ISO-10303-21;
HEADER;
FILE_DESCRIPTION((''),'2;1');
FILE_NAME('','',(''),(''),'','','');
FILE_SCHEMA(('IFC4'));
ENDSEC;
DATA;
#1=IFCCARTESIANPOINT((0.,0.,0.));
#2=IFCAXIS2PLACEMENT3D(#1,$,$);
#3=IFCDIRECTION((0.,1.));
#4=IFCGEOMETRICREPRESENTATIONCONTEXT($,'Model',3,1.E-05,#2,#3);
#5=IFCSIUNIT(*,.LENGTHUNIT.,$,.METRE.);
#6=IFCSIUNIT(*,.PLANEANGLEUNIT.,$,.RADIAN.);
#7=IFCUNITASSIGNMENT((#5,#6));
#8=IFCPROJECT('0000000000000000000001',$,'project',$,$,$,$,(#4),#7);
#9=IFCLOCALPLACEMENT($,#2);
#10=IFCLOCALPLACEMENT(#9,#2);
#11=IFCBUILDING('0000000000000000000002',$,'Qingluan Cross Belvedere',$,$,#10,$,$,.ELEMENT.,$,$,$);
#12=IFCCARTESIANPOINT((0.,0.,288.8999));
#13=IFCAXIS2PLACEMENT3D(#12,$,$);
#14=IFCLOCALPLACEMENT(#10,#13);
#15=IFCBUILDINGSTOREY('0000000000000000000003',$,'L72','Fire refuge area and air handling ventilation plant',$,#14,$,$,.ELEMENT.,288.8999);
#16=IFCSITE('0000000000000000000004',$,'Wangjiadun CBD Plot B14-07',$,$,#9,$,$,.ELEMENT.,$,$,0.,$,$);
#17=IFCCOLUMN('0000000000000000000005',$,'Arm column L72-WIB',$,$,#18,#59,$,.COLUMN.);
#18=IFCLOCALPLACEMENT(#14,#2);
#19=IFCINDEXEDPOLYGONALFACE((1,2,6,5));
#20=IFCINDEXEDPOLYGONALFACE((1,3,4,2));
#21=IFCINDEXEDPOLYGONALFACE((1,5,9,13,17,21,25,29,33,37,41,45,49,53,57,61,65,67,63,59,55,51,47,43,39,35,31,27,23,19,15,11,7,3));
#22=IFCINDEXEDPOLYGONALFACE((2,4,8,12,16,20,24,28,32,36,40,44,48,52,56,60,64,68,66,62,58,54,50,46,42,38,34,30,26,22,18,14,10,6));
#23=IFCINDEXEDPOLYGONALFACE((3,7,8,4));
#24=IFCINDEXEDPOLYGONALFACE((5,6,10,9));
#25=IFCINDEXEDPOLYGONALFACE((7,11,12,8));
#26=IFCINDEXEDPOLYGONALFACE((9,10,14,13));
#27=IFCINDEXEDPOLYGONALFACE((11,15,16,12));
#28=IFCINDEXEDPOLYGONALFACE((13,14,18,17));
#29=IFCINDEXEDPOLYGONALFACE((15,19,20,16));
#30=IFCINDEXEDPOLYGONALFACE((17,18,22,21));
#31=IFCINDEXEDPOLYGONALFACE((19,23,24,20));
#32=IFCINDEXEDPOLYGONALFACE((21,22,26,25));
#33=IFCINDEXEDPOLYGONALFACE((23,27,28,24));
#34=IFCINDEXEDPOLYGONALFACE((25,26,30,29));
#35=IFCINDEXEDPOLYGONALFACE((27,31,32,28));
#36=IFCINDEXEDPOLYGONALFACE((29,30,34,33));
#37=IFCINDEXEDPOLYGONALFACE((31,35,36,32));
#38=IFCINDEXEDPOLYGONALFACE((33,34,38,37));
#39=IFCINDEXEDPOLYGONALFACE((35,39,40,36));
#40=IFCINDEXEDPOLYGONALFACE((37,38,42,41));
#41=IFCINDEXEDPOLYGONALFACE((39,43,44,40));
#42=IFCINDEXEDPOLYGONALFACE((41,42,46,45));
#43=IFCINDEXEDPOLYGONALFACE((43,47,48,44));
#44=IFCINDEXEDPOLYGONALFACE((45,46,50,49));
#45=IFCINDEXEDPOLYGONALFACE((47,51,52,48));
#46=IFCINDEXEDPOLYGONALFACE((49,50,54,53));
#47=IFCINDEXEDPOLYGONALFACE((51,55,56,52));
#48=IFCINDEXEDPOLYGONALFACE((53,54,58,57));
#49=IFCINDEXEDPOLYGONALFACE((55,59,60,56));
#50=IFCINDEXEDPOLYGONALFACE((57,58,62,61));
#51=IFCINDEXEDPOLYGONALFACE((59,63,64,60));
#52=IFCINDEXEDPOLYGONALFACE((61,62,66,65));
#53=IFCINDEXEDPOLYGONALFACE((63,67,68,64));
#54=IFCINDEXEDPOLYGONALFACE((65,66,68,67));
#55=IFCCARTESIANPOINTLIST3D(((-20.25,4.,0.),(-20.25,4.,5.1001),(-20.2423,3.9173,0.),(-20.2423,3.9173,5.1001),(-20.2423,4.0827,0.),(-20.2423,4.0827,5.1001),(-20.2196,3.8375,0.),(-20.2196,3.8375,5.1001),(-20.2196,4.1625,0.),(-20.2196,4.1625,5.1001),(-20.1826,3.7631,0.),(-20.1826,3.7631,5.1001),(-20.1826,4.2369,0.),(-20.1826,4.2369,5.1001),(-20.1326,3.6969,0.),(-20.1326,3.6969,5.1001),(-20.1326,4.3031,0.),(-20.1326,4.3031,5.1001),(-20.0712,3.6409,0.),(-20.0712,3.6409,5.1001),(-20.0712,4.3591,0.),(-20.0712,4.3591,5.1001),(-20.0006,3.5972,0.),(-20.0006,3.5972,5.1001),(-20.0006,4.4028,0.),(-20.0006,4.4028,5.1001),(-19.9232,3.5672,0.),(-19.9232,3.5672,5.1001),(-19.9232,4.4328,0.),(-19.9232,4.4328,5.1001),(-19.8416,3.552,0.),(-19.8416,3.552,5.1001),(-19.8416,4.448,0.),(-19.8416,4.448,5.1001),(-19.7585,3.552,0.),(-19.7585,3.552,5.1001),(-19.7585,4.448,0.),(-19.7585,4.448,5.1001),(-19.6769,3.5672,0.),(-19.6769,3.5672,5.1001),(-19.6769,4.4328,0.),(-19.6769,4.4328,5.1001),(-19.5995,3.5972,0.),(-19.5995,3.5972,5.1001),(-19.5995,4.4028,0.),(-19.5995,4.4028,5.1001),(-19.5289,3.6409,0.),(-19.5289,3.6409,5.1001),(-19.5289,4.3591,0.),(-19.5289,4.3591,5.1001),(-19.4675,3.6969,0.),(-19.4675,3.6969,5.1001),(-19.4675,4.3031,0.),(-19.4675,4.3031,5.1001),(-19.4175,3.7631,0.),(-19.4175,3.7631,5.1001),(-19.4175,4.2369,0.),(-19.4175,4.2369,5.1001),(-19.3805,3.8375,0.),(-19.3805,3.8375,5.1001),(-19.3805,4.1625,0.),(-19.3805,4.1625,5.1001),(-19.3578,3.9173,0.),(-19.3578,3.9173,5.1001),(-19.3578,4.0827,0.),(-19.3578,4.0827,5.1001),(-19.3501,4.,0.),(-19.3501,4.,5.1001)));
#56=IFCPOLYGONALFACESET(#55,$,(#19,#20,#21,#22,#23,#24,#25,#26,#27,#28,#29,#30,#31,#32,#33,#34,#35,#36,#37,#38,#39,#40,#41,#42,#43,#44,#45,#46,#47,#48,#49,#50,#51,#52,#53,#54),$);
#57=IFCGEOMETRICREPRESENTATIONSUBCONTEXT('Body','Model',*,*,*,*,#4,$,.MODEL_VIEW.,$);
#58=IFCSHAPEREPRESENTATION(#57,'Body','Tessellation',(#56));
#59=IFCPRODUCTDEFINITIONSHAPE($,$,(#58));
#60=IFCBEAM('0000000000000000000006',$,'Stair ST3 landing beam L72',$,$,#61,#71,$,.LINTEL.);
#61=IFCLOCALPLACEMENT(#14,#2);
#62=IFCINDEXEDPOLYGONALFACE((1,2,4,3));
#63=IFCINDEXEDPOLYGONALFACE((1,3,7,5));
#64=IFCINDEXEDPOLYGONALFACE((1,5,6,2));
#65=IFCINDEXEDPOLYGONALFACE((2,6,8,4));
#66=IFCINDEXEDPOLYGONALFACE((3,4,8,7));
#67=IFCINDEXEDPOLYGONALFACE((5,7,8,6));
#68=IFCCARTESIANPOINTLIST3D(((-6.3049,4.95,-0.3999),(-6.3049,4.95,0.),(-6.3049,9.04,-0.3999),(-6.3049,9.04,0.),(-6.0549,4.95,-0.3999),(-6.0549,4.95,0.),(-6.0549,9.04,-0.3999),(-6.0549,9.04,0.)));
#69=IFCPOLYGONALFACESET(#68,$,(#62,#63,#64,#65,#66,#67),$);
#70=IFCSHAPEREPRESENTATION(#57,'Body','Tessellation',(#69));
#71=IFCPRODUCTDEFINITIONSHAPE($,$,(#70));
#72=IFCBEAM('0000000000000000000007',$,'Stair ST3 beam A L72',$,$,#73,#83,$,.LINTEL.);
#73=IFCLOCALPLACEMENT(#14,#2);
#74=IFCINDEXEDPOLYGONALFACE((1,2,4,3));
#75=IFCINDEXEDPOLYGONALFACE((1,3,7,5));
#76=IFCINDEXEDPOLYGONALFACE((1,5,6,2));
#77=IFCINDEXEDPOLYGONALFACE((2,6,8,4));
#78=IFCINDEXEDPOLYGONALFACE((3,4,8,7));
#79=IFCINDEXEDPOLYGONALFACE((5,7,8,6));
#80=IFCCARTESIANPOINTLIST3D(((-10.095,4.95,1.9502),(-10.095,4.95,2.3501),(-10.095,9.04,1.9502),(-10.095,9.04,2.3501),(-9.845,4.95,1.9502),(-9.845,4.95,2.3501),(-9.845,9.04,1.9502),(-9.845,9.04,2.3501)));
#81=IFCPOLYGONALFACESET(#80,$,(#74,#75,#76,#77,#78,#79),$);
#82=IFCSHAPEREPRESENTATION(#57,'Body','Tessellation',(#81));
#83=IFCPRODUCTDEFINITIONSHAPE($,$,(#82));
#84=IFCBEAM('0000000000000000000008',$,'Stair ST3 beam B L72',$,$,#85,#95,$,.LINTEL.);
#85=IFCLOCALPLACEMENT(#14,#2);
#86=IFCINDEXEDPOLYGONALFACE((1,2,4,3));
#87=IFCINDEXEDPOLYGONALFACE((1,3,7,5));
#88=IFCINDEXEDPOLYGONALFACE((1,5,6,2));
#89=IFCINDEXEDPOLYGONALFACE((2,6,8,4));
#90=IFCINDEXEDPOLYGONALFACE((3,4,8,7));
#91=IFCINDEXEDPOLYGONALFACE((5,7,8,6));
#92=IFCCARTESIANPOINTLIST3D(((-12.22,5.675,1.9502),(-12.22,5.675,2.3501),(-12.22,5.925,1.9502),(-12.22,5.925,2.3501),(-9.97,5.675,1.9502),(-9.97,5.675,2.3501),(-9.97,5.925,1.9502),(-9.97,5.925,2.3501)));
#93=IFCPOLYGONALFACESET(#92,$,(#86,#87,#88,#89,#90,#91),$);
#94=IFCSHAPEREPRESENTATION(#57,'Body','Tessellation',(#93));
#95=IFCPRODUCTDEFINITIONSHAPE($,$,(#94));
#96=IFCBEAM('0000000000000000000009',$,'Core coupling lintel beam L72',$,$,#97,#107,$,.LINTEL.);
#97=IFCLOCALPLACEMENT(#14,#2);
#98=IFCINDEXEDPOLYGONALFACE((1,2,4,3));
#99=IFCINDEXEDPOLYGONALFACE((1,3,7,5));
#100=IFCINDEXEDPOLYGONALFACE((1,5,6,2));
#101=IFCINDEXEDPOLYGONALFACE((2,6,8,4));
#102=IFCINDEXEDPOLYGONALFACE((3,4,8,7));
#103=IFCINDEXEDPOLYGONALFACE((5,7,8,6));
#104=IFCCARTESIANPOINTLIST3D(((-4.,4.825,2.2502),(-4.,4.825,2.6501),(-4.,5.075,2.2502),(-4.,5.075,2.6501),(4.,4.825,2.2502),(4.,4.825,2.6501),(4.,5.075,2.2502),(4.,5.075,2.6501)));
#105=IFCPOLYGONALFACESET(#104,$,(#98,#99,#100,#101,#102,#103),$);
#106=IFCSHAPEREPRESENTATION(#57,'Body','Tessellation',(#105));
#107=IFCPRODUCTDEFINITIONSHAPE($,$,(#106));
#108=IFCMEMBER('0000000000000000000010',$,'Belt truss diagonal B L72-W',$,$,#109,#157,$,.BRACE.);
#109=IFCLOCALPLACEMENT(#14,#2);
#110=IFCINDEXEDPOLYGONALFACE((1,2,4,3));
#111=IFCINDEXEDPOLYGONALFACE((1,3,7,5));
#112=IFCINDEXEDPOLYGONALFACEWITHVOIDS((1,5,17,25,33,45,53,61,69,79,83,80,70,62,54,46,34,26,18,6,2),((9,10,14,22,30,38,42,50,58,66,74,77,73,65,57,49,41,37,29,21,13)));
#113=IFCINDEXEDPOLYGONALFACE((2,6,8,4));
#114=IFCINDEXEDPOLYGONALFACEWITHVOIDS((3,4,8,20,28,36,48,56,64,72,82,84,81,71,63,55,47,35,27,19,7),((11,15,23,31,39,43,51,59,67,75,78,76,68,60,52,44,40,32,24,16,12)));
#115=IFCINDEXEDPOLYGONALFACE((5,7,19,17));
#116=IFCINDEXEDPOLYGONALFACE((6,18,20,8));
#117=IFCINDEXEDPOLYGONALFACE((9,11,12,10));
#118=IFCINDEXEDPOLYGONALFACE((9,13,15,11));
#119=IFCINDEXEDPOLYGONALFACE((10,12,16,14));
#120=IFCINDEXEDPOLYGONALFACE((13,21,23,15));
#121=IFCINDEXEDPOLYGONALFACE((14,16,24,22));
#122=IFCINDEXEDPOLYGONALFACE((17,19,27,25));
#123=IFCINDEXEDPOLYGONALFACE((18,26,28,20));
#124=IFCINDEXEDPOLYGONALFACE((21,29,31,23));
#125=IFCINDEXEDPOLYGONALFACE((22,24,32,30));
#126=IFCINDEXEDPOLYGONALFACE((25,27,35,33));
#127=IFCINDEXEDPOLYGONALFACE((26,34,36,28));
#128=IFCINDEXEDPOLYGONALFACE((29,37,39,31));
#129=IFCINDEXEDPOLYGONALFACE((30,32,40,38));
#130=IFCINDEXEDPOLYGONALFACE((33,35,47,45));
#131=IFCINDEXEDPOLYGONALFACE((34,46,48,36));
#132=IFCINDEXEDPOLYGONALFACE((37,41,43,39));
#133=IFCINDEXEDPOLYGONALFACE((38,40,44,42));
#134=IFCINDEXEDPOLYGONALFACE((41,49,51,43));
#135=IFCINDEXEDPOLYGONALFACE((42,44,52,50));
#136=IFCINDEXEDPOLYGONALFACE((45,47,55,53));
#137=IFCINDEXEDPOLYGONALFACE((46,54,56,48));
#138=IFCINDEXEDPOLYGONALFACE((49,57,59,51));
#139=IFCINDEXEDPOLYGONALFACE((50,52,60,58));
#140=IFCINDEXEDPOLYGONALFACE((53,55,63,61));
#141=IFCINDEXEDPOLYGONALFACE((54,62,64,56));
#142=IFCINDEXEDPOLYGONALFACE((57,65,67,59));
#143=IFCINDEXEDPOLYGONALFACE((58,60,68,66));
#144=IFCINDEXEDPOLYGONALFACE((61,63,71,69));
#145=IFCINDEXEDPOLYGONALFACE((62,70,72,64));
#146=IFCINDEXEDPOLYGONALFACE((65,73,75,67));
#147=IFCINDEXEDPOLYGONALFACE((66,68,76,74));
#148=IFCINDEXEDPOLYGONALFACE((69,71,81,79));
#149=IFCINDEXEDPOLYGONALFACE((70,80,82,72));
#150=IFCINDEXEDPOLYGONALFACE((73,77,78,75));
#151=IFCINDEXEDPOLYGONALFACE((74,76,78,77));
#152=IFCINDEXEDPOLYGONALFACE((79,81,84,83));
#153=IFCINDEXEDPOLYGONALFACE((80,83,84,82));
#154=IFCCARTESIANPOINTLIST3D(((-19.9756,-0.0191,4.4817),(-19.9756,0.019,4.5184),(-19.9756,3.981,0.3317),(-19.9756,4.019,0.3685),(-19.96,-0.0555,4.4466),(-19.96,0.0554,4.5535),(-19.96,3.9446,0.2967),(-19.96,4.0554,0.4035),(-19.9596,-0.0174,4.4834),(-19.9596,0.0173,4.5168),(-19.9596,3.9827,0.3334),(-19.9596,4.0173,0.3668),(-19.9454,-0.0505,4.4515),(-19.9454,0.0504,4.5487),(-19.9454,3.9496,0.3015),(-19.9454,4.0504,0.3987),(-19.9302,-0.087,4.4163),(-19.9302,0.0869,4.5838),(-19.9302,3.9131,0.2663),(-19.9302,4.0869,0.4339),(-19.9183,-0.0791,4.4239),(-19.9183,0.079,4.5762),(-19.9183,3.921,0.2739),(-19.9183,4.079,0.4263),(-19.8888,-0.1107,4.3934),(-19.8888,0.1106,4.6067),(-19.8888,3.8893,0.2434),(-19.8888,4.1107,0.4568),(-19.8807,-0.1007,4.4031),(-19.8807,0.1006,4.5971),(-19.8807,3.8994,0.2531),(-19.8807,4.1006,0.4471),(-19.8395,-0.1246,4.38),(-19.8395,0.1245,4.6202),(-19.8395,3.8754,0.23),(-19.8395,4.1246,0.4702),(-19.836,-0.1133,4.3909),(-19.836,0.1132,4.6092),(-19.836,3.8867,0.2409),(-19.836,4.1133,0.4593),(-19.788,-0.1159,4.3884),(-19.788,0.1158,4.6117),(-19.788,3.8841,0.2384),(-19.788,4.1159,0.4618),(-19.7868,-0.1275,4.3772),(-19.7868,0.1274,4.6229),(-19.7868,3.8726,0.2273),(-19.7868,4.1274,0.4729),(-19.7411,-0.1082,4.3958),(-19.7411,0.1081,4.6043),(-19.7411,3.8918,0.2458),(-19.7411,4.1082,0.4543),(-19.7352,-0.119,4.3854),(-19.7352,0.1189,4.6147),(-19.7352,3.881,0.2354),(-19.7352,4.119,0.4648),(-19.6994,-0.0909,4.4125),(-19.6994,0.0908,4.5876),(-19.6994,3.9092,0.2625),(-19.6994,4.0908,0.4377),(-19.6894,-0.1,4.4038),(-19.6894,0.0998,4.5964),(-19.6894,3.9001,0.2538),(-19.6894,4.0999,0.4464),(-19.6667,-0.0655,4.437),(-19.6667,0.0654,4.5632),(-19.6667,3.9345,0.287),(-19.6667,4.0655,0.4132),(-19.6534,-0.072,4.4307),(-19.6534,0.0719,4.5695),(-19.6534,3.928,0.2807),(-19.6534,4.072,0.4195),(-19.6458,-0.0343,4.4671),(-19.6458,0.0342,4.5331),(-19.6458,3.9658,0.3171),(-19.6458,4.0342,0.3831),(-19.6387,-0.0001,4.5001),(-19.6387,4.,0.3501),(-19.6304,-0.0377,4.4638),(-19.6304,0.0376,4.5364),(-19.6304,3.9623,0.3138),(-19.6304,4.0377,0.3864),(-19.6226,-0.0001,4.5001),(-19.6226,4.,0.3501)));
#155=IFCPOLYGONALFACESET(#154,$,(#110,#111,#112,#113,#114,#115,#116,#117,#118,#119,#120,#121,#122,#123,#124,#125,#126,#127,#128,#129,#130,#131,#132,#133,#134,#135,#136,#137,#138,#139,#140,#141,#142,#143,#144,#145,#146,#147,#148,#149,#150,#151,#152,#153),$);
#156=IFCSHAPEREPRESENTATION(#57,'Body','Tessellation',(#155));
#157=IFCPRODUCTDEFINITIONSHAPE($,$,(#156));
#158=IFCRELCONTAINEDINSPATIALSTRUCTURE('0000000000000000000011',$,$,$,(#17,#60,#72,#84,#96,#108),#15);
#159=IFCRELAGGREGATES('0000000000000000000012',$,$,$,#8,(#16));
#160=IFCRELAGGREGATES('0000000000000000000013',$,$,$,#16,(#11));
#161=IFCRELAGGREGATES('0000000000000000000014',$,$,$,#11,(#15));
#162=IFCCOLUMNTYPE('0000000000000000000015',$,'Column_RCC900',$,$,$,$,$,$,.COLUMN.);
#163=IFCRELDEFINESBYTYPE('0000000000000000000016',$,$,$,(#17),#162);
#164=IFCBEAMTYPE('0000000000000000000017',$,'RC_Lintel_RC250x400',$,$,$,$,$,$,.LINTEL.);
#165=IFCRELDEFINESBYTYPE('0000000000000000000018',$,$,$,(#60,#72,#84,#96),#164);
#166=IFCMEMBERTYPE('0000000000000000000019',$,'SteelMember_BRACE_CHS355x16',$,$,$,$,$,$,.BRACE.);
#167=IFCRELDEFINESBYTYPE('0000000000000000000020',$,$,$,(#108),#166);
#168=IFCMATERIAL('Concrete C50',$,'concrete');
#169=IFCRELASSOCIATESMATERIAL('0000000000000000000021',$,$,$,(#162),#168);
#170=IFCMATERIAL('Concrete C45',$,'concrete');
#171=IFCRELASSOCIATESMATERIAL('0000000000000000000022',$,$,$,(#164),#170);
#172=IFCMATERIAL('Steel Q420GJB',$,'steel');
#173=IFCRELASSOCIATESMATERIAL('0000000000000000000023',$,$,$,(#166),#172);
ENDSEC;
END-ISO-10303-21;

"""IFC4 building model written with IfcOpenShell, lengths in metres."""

from ifc_helpers import new_model, si_unit, direction, frame, origin, origin_2d, place, context, subcontext, project, spatial, rectangle, circle, hollow_circle, extrude, material, material_profile, profile_set, type_object, element, save


model = new_model("IFC4")

# Units and contexts
model_context = context("Model", 3, precision=1e-05, world=origin(), true_north=direction((0.0, 1.0)))
body_context = subcontext(model_context, "Body", "Model", "MODEL_VIEW")
ifc_project = project(units=[si_unit("LENGTHUNIT", "METRE"), si_unit("PLANEANGLEUNIT", "RADIAN")], contexts=[model_context])

# Site, building, storey
site_placement = place(None, origin())
site = spatial("IfcSite", under=ifc_project, at=site_placement, Name="Wangjiadun CBD Plot B14-07", CompositionType="ELEMENT", RefElevation=0.0)
building_placement = place(site_placement, origin())
building = spatial("IfcBuilding", under=site, at=building_placement, Name="Qingluan Cross Belvedere", CompositionType="ELEMENT")
storey_placement = place(building_placement, frame((0.0, 0.0, 288.8999)))
storey = spatial("IfcBuildingStorey", under=building, at=storey_placement, Name="L72", Description="Fire refuge area and air handling ventilation plant", CompositionType="ELEMENT", Elevation=288.8999)

# Column
ifc_material_1 = material(Name="Concrete C50", Category="concrete")
ifc_material_profile_1 = material_profile(ifc_material_1, circle(Radius=0.45, at=origin_2d()), Name="RCC900")
ifc_profile_set_1 = profile_set([ifc_material_profile_1], Name="Concrete C50")
column_type = type_object("IfcColumnType", Name="Column_RCC900", PredefinedType="COLUMN", material=ifc_profile_set_1)
column_placement = place(storey_placement, frame((-19.8, 4.0, 0.0), z_axis=(0.0, 0.0, 1.0), x_axis=(1.0, 0.0, 0.0)))
element("IfcColumn", 1, at=column_placement, inside=storey, type_object=column_type, Name="Arm column L72-WIB", PredefinedType="COLUMN", context=body_context, shape_type="SweptSolid", body=[
    extrude(circle(Radius=0.45, at=origin_2d()), origin(), (0.0, 0.0, 1.0), 5.1001),
])

# Beams
ifc_material_2 = material(Name="Concrete C45", Category="concrete")
ifc_material_profile_2 = material_profile(ifc_material_2, rectangle(XDim=0.25, YDim=0.3999, at=origin_2d()), Name="RC250x400")
ifc_profile_set_2 = profile_set([ifc_material_profile_2], Name="Concrete C45")
beam_type_1 = type_object("IfcBeamType", Name="RC_Lintel_RC250x400", PredefinedType="LINTEL", material=ifc_profile_set_2)
for number, where, z_axis, x_axis, name in (
    (2, (-6.1799, 4.95, -0.2), (0.0, 1.0, 0.0), (-1.0, 0.0, 0.0), "Stair ST3 landing beam L72"),
    (3, (-9.97, 4.95, 2.1501), (0.0, 1.0, 0.0), (-1.0, 0.0, 0.0), "Stair ST3 beam A L72"),
):
    element("IfcBeam", number, at=place(storey_placement, frame(where, z_axis=z_axis, x_axis=x_axis)), inside=storey, type_object=beam_type_1, Name=name, PredefinedType="LINTEL", context=body_context, shape_type="SweptSolid", body=[
        extrude(rectangle(XDim=0.25, YDim=0.3999, at=origin_2d()), origin(), (0.0, 0.0, 1.0), 4.0901),
    ])
beam_1_placement = place(storey_placement, frame((-12.22, 5.8, 2.1501), z_axis=(1.0, 0.0, 0.0), x_axis=(0.0, 1.0, 0.0)))
element("IfcBeam", 4, at=beam_1_placement, inside=storey, type_object=beam_type_1, Name="Stair ST3 beam B L72", PredefinedType="LINTEL", context=body_context, shape_type="SweptSolid", body=[
    extrude(rectangle(XDim=0.25, YDim=0.3999, at=origin_2d()), origin(), (0.0, 0.0, 1.0), 2.25),
])
beam_2_placement = place(storey_placement, frame((-4.0, 4.95, 2.4502), z_axis=(1.0, 0.0, 0.0), x_axis=(0.0, 1.0, 0.0)))
element("IfcBeam", 5, at=beam_2_placement, inside=storey, type_object=beam_type_1, Name="Core coupling lintel beam L72", PredefinedType="LINTEL", context=body_context, shape_type="SweptSolid", body=[
    extrude(rectangle(XDim=0.25, YDim=0.3999, at=origin_2d()), origin(), (0.0, 0.0, 1.0), 8.0),
])

# Member
ifc_material_3 = material(Name="Steel Q420GJB", Category="steel")
ifc_material_profile_3 = material_profile(ifc_material_3, hollow_circle(Radius=0.1775, WallThickness=0.0161, at=origin_2d()), Name="CHS355x16")
ifc_profile_set_3 = profile_set([ifc_material_profile_3], Name="Steel Q420GJB")
member_type_1 = type_object("IfcMemberType", Name="SteelMember_BRACE_CHS355x16", PredefinedType="BRACE", material=ifc_profile_set_3)
member_1_placement = place(storey_placement, frame((-19.8, 4.0, 0.3501), z_axis=(0.0, -0.693983, 0.719991), x_axis=(1.0, 0.0, 0.0)))
element("IfcMember", 6, at=member_1_placement, inside=storey, type_object=member_type_1, Name="Belt truss diagonal B L72-W", PredefinedType="BRACE", context=body_context, shape_type="SweptSolid", body=[
    extrude(hollow_circle(Radius=0.1775, WallThickness=0.0161, at=origin_2d()), origin(), (0.0, 0.0, 1.0), 5.7639),
])

save(model, "model.ifc")
